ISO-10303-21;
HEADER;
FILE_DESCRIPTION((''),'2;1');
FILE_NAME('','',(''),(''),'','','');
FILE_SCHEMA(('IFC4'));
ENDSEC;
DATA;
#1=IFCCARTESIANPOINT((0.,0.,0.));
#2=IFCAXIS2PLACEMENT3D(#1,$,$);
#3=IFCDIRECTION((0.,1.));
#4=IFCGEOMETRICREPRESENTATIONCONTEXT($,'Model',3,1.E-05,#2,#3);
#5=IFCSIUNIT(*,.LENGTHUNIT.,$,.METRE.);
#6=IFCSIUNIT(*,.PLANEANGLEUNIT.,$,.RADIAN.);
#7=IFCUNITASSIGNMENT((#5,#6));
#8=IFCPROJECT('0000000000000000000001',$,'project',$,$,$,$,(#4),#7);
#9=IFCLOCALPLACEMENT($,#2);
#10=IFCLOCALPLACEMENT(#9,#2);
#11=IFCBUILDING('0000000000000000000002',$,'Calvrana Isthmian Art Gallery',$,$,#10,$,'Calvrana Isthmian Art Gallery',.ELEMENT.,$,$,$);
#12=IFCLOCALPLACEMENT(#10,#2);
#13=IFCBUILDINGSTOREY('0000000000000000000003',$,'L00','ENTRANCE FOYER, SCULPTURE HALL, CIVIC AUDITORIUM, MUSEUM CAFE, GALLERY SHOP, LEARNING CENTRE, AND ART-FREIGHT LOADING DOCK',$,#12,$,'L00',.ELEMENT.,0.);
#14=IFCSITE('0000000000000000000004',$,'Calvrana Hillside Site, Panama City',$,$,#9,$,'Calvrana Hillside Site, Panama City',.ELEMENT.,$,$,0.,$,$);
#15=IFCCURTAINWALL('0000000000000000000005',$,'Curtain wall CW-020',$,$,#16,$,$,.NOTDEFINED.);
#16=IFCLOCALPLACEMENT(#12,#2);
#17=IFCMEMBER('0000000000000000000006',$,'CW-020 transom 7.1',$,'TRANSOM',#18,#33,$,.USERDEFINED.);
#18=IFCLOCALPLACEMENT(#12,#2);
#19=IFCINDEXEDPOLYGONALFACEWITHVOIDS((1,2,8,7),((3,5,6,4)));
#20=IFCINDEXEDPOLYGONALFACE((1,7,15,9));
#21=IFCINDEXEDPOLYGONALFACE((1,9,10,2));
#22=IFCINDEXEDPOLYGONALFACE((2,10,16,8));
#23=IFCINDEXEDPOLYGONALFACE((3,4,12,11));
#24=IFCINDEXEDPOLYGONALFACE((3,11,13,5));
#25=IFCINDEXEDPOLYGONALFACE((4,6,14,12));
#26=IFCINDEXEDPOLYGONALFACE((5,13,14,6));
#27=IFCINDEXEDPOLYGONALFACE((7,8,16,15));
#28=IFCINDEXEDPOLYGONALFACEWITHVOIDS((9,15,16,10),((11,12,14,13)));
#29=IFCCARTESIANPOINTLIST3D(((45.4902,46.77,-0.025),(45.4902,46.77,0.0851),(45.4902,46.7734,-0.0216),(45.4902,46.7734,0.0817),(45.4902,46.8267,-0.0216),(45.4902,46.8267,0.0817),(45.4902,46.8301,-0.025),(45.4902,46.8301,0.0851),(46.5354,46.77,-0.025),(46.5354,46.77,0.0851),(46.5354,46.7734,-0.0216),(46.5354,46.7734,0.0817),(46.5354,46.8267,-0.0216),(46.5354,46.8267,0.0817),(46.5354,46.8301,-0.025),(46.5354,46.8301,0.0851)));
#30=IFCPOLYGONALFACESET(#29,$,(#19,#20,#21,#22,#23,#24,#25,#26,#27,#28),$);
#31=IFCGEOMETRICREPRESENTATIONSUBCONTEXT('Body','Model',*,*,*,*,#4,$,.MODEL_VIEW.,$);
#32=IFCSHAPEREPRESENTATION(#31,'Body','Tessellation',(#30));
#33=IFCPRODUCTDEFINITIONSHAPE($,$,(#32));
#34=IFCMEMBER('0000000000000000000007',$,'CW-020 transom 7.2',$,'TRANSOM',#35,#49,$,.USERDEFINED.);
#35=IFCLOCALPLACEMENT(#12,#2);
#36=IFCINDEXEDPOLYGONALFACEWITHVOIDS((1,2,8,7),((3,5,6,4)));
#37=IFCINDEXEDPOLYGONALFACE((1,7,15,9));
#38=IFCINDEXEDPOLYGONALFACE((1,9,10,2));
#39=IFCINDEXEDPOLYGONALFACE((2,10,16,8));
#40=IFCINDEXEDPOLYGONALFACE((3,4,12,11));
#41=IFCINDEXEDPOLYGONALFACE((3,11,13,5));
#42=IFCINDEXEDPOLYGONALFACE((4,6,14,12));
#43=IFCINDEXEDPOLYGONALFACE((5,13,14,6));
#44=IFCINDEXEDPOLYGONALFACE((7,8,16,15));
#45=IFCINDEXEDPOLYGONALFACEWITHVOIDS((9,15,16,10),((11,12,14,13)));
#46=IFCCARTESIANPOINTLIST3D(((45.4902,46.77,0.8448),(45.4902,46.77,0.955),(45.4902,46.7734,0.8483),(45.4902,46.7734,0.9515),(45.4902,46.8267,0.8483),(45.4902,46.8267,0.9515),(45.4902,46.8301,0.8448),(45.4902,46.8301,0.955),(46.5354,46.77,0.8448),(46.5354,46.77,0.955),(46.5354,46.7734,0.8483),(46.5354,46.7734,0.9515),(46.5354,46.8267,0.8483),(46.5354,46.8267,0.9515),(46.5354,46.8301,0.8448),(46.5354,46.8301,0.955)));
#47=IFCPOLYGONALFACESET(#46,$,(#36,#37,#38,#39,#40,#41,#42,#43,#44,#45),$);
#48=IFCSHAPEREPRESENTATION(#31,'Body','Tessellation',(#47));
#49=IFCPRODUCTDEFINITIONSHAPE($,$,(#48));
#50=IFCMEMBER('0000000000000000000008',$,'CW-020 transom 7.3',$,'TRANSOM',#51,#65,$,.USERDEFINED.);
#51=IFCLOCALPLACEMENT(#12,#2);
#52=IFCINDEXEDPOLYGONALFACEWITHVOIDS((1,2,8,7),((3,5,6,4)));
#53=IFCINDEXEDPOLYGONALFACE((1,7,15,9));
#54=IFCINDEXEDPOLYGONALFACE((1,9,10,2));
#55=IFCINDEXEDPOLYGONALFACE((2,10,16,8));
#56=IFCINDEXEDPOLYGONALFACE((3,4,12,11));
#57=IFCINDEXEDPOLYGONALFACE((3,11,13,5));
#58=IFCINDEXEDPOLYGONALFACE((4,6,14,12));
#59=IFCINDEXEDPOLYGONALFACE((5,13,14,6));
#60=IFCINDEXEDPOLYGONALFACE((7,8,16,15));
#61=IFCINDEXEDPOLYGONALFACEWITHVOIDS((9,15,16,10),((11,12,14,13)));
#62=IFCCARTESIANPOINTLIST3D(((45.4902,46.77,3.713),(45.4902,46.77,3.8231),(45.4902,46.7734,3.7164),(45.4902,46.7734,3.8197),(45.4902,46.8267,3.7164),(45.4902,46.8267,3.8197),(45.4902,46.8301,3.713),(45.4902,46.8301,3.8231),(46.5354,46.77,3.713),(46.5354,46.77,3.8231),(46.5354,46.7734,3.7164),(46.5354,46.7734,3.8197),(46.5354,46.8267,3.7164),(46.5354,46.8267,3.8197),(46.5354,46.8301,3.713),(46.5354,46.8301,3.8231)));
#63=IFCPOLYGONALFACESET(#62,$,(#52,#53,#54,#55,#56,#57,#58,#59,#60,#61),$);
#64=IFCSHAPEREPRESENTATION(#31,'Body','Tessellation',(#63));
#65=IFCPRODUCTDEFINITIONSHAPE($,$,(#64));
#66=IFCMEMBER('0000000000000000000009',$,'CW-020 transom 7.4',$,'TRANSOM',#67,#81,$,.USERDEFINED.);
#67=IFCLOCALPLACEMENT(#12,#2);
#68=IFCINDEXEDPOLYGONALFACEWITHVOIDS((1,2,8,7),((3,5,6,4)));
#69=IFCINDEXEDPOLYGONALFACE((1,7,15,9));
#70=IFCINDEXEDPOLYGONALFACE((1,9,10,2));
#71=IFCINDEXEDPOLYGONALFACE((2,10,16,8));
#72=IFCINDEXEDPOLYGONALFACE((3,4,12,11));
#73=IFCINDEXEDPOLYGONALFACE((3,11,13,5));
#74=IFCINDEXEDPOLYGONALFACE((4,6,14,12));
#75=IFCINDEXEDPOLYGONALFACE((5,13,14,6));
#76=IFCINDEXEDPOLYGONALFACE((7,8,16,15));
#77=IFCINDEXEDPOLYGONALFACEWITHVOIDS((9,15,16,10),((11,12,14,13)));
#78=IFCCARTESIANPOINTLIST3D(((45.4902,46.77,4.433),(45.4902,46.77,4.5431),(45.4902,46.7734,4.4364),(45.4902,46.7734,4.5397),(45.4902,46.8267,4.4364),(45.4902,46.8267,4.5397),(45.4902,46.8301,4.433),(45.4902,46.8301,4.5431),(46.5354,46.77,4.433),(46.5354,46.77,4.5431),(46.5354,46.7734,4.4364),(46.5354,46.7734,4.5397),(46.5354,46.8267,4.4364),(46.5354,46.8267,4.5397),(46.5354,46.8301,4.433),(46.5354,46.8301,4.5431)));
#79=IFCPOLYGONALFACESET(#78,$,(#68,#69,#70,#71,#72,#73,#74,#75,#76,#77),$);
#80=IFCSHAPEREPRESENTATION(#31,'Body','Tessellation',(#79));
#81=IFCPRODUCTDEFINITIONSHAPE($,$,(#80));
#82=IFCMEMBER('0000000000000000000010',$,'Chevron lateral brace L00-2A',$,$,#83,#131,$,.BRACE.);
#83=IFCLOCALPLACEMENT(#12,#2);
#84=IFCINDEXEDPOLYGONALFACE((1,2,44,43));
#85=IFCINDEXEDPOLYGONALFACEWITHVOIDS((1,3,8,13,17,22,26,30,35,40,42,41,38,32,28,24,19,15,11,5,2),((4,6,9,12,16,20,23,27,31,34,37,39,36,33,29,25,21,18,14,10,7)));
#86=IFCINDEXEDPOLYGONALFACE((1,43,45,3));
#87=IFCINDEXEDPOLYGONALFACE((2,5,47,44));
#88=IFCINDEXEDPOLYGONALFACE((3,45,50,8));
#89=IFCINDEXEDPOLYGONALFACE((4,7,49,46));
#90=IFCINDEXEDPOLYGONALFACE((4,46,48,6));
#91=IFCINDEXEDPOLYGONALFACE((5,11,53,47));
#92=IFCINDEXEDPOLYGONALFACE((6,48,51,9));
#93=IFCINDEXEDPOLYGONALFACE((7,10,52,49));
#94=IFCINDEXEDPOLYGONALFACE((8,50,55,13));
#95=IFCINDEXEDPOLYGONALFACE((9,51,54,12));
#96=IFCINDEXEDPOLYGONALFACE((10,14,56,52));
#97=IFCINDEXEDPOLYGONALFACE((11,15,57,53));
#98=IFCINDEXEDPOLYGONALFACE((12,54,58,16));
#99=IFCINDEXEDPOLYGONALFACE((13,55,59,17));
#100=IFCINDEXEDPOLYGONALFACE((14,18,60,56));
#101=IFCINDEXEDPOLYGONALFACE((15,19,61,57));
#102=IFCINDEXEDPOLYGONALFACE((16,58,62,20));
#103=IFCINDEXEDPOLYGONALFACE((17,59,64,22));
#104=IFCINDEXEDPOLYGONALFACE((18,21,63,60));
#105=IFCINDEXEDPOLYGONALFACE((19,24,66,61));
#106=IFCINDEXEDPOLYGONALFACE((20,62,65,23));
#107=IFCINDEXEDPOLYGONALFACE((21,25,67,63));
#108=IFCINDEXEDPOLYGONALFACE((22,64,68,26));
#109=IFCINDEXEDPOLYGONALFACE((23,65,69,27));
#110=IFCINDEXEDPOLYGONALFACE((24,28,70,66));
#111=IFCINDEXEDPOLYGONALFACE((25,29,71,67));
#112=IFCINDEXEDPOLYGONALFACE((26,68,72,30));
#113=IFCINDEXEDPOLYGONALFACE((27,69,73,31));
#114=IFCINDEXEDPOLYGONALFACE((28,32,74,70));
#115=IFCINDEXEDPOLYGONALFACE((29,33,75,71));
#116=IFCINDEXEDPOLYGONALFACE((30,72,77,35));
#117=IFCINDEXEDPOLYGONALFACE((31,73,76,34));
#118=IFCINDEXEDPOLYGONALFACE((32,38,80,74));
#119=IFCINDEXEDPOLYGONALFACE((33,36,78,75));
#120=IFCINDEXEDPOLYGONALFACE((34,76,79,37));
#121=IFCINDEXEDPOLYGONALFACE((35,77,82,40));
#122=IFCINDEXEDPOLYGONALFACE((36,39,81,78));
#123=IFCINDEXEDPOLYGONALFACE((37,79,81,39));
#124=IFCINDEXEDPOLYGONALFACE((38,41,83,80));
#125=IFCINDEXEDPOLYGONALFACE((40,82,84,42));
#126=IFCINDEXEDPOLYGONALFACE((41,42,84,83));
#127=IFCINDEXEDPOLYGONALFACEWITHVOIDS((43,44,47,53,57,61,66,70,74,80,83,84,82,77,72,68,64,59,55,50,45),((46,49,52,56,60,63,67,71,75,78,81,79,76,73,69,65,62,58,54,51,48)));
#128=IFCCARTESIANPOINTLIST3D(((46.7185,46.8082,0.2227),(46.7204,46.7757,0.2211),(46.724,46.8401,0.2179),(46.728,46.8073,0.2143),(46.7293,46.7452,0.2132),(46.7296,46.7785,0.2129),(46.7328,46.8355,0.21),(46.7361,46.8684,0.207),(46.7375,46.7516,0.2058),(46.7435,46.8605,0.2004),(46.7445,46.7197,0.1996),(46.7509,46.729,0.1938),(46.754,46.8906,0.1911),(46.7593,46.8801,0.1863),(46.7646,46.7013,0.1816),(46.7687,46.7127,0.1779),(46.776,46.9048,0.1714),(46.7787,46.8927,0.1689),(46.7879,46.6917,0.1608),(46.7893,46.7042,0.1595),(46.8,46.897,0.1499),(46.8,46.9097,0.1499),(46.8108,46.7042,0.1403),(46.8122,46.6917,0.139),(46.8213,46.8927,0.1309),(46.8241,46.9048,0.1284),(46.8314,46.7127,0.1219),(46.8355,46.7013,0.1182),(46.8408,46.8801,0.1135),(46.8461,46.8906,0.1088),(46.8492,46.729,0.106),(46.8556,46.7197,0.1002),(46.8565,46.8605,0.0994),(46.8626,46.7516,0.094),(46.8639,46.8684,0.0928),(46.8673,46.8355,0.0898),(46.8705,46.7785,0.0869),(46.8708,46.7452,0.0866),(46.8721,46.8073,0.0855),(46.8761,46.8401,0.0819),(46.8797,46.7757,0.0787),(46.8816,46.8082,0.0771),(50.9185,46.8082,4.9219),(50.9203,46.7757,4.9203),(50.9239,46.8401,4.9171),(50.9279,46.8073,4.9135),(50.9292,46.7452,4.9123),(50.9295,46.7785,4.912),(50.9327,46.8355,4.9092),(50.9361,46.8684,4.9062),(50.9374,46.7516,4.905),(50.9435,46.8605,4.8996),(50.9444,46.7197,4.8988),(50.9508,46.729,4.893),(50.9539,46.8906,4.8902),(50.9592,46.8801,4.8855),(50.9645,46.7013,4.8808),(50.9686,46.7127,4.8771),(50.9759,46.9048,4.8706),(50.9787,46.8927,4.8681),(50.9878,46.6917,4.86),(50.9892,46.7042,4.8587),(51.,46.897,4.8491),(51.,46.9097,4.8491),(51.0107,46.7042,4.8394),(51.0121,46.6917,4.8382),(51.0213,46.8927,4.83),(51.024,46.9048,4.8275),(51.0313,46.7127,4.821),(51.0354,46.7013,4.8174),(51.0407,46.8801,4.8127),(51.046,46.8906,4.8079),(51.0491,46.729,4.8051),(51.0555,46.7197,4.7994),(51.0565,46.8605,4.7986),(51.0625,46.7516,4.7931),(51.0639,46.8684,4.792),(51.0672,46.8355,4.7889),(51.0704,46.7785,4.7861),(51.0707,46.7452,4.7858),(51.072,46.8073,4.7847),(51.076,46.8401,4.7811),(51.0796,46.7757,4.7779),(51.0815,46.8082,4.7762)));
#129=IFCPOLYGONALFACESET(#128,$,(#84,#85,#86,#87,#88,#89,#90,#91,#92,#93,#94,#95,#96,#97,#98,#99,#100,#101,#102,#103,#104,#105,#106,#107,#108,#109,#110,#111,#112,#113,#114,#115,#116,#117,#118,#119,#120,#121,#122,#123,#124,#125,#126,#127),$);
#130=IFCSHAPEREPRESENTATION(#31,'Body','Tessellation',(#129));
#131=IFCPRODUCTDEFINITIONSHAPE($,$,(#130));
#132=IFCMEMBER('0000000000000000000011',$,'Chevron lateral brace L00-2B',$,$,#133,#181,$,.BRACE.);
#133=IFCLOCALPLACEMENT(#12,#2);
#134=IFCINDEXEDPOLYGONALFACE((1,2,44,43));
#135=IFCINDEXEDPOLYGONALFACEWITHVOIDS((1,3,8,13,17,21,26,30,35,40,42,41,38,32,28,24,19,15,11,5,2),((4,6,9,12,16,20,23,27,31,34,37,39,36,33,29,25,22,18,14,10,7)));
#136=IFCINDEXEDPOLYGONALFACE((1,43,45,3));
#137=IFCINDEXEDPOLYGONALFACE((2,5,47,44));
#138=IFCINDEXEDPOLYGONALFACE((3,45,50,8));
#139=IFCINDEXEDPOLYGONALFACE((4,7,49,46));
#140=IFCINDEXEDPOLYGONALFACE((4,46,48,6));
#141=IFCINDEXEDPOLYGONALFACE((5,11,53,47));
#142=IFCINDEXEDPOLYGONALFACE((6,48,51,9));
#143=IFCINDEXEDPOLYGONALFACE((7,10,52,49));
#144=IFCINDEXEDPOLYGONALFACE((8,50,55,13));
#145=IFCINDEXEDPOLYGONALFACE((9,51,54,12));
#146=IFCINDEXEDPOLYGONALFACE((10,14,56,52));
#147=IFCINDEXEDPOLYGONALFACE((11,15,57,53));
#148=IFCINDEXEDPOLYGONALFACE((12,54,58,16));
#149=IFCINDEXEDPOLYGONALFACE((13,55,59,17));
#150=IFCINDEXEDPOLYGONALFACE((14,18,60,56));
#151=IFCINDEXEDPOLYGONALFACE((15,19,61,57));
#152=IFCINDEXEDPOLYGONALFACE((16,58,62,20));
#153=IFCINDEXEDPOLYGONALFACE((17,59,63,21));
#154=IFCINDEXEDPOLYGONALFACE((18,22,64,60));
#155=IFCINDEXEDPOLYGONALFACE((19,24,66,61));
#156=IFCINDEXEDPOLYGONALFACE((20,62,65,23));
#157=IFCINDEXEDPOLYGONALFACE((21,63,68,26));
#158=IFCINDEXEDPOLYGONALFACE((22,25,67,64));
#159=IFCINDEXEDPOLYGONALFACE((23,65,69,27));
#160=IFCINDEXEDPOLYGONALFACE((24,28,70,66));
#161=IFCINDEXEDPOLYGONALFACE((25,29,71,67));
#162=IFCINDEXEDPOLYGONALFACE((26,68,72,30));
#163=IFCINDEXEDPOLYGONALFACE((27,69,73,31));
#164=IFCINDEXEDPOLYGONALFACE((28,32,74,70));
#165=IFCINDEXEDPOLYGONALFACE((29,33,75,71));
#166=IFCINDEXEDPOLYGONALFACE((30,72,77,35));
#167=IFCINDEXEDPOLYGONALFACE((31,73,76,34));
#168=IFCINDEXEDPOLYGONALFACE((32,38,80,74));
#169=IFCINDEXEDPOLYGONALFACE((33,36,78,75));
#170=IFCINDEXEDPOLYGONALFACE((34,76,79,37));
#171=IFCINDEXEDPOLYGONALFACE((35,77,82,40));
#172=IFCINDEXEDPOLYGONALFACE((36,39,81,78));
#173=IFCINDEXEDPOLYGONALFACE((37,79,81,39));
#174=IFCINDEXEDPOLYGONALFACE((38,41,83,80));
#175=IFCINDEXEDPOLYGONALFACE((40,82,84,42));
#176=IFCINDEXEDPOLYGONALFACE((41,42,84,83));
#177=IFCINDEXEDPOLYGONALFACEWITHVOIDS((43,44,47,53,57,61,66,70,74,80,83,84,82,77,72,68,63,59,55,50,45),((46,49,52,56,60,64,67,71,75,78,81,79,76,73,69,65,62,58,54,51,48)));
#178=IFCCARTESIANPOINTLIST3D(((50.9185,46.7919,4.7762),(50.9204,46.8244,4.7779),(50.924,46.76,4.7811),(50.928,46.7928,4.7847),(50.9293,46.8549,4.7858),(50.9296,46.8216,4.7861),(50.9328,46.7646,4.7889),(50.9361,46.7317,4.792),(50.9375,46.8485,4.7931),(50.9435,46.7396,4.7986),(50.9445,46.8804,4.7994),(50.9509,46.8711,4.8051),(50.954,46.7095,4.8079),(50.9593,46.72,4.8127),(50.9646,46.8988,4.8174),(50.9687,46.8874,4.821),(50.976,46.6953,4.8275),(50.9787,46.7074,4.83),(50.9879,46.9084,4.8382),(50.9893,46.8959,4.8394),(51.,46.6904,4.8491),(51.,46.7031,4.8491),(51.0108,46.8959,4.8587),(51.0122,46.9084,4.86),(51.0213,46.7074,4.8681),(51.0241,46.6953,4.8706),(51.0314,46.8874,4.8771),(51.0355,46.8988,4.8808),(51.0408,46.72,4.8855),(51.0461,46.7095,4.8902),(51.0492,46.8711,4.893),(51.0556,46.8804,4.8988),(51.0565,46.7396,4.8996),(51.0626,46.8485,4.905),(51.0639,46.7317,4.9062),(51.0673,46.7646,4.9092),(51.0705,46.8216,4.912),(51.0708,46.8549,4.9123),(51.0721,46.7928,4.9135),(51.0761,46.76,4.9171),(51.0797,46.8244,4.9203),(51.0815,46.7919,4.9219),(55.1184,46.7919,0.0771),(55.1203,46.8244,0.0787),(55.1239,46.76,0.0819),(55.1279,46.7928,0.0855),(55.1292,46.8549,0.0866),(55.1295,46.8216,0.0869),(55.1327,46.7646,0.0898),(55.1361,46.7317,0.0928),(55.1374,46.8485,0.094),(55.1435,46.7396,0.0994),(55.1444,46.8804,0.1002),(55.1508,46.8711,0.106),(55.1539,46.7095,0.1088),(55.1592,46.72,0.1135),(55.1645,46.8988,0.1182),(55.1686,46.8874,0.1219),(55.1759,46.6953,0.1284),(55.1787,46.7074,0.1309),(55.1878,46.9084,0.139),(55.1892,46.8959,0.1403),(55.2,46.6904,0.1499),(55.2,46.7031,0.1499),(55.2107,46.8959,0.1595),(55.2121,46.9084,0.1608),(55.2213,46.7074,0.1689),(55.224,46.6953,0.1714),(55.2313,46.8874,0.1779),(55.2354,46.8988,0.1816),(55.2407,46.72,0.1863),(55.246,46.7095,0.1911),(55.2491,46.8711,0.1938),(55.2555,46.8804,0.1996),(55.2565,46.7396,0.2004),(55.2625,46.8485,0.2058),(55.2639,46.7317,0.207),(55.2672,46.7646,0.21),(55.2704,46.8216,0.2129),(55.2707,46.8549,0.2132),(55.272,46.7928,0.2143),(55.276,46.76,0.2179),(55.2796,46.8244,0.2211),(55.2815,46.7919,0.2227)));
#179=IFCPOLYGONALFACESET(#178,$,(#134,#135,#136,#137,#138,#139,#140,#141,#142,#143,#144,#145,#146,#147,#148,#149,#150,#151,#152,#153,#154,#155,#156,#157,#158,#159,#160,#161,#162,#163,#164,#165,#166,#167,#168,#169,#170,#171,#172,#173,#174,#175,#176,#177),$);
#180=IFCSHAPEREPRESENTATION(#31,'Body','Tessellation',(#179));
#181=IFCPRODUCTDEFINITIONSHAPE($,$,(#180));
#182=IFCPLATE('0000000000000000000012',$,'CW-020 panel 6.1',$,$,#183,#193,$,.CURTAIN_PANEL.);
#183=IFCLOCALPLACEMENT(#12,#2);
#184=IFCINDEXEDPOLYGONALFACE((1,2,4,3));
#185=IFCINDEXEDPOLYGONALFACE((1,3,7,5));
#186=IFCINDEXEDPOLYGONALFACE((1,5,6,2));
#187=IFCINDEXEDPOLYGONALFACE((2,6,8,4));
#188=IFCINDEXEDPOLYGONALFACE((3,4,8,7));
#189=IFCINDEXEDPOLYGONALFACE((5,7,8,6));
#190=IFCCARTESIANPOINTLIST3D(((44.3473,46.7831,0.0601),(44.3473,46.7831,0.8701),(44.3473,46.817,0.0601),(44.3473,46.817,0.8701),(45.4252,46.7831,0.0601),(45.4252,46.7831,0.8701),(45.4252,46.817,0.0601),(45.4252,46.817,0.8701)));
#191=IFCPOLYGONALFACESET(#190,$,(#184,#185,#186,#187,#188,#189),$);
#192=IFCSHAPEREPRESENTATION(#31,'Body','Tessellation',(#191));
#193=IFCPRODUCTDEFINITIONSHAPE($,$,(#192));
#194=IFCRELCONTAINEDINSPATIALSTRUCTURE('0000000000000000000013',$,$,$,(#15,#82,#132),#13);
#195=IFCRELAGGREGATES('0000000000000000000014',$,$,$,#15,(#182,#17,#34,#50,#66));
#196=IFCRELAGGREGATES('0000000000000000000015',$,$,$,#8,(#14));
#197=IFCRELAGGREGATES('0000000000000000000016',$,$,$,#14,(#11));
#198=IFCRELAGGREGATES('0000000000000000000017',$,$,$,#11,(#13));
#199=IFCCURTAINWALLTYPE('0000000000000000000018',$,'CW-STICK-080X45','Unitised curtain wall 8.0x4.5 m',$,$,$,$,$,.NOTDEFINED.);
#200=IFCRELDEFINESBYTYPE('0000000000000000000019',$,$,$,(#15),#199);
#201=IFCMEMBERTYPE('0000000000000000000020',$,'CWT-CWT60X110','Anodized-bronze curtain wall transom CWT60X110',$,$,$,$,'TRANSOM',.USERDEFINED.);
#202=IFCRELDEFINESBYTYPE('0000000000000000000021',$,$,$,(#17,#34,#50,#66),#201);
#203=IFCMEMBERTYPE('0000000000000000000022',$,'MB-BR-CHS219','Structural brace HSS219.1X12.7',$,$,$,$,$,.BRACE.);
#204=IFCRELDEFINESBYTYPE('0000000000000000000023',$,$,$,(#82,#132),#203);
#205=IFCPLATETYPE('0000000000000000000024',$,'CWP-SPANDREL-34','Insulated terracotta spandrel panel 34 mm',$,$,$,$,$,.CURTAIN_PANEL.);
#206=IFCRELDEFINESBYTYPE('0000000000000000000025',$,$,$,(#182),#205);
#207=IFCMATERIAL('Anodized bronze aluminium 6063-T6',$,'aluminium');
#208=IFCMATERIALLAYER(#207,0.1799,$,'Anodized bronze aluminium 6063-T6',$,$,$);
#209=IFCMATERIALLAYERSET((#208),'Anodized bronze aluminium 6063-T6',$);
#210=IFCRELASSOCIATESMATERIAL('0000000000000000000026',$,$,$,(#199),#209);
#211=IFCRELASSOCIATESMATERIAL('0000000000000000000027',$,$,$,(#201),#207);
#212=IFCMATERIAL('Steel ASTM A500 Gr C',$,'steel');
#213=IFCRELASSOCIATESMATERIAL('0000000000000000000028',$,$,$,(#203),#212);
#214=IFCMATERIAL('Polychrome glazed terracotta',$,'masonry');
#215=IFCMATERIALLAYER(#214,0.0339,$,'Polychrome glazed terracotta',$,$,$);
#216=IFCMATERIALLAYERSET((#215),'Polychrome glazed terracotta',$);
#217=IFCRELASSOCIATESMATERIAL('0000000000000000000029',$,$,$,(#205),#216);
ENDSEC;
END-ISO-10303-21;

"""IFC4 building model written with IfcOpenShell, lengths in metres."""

from ifc_helpers import new_model, si_unit, direction, frame, origin, origin_2d, place, context, subcontext, project, spatial, rectangle, hollow_rectangle, hollow_circle, extrude, material, layer, layer_set, material_profile, profile_set, type_object, element, aggregate, save


model = new_model("IFC4")

# Units and contexts
model_context = context("Model", 3, precision=1e-05, world=origin(), true_north=direction((0.0, 1.0)))
body_context = subcontext(model_context, "Body", "Model", "MODEL_VIEW")
ifc_project = project(units=[si_unit("LENGTHUNIT", "METRE"), si_unit("PLANEANGLEUNIT", "RADIAN")], contexts=[model_context])

# Site, building, storey
site_placement = place(None, origin())
site = spatial("IfcSite", under=ifc_project, at=site_placement, Name="Calvrana Hillside Site, Panama City", LongName="Calvrana Hillside Site, Panama City", CompositionType="ELEMENT", RefElevation=0.0)
building_placement = place(site_placement, origin())
building = spatial("IfcBuilding", under=site, at=building_placement, Name="Calvrana Isthmian Art Gallery", LongName="Calvrana Isthmian Art Gallery", CompositionType="ELEMENT")
storey_placement = place(building_placement, origin())
storey = spatial("IfcBuildingStorey", under=building, at=storey_placement, Name="L00", Description="ENTRANCE FOYER, SCULPTURE HALL, CIVIC AUDITORIUM, MUSEUM CAFE, GALLERY SHOP, LEARNING CENTRE, AND ART-FREIGHT LOADING DOCK", LongName="L00", CompositionType="ELEMENT", Elevation=0.0)

# Curtain wall, members
ifc_material_1 = material(Name="Anodized bronze aluminium 6063-T6", Category="aluminium")
ifc_layer_1 = layer(ifc_material_1, 0.1799, Name="Anodized bronze aluminium 6063-T6")
ifc_layer_set_1 = layer_set([ifc_layer_1], Name="Anodized bronze aluminium 6063-T6")
curtain_wall_type = type_object("IfcCurtainWallType", Name="CW-STICK-080X45", Description="Unitised curtain wall 8.0x4.5 m", PredefinedType="NOTDEFINED", material=ifc_layer_set_1)
curtain_wall_placement = place(storey_placement, origin())
curtain_wall = element("IfcCurtainWall", 1, at=curtain_wall_placement, inside=storey, type_object=curtain_wall_type, Name="Curtain wall CW-020", PredefinedType="NOTDEFINED")
ifc_material_profile_1 = material_profile(ifc_material_1, hollow_rectangle(XDim=0.0601, YDim=0.1101, WallThickness=0.0034, at=origin_2d()), Name="CWT60X110")
ifc_profile_set_1 = profile_set([ifc_material_profile_1], Name="Anodized bronze aluminium 6063-T6")
member_type_1 = type_object("IfcMemberType", Name="CWT-CWT60X110", Description="Anodized-bronze curtain wall transom CWT60X110", ElementType="TRANSOM", PredefinedType="USERDEFINED", material=ifc_profile_set_1)
member_1_placement = place(storey_placement, frame((45.4902, 46.8, 0.03), z_axis=(1.0, 0.0, 0.0), x_axis=(0.0, 1.0, 0.0)))
member_1 = element("IfcMember", 2, at=member_1_placement, type_object=member_type_1, Name="CW-020 transom 7.1", ObjectType="TRANSOM", PredefinedType="USERDEFINED", context=body_context, shape_type="SweptSolid", body=[
    extrude(hollow_rectangle(XDim=0.0601, YDim=0.1101, WallThickness=0.0034, at=origin_2d()), origin(), (0.0, 0.0, 1.0), 1.0452),
])
member_2_placement = place(storey_placement, frame((45.4902, 46.8, 0.8999), z_axis=(1.0, 0.0, 0.0), x_axis=(0.0, 1.0, 0.0)))
member_2 = element("IfcMember", 3, at=member_2_placement, type_object=member_type_1, Name="CW-020 transom 7.2", ObjectType="TRANSOM", PredefinedType="USERDEFINED", context=body_context, shape_type="SweptSolid", body=[
    extrude(hollow_rectangle(XDim=0.0601, YDim=0.1101, WallThickness=0.0034, at=origin_2d()), origin(), (0.0, 0.0, 1.0), 1.0452),
])
member_3_placement = place(storey_placement, frame((45.4902, 46.8, 3.7681), z_axis=(1.0, 0.0, 0.0), x_axis=(0.0, 1.0, 0.0)))
member_3 = element("IfcMember", 4, at=member_3_placement, type_object=member_type_1, Name="CW-020 transom 7.3", ObjectType="TRANSOM", PredefinedType="USERDEFINED", context=body_context, shape_type="SweptSolid", body=[
    extrude(hollow_rectangle(XDim=0.0601, YDim=0.1101, WallThickness=0.0034, at=origin_2d()), origin(), (0.0, 0.0, 1.0), 1.0452),
])
member_4_placement = place(storey_placement, frame((45.4902, 46.8, 4.488), z_axis=(1.0, 0.0, 0.0), x_axis=(0.0, 1.0, 0.0)))
member_4 = element("IfcMember", 5, at=member_4_placement, type_object=member_type_1, Name="CW-020 transom 7.4", ObjectType="TRANSOM", PredefinedType="USERDEFINED", context=body_context, shape_type="SweptSolid", body=[
    extrude(hollow_rectangle(XDim=0.0601, YDim=0.1101, WallThickness=0.0034, at=origin_2d()), origin(), (0.0, 0.0, 1.0), 1.0452),
])

# Members
ifc_material_2 = material(Name="Steel ASTM A500 Gr C", Category="steel")
ifc_material_profile_2 = material_profile(ifc_material_2, hollow_circle(Radius=0.1096, WallThickness=0.0127, at=origin_2d()), Name="HSS219.1X12.7")
ifc_profile_set_2 = profile_set([ifc_material_profile_2], Name="Steel ASTM A500 Gr C")
member_type_2 = type_object("IfcMemberType", Name="MB-BR-CHS219", Description="Structural brace HSS219.1X12.7", PredefinedType="BRACE", material=ifc_profile_set_2)
for number, where, z_axis, x_axis, name in (
    (6, (46.8, 46.8, 0.1499), (0.666388, 0.0, 0.745605), (0.0, 1.0, 0.0), "Chevron lateral brace L00-2A"),
    (7, (55.2, 46.8, 0.1499), (-0.666388, 0.0, 0.745605), (0.0, -1.0, 0.0), "Chevron lateral brace L00-2B"),
):
    element("IfcMember", number, at=place(storey_placement, frame(where, z_axis=z_axis, x_axis=x_axis)), inside=storey, type_object=member_type_2, Name=name, PredefinedType="BRACE", context=body_context, shape_type="SweptSolid", body=[
        extrude(hollow_circle(Radius=0.1096, WallThickness=0.0127, at=origin_2d()), origin(), (0.0, 0.0, 1.0), 6.3025),
    ])

# Plate
ifc_material_3 = material(Name="Polychrome glazed terracotta", Category="masonry")
ifc_layer_2 = layer(ifc_material_3, 0.0339, Name="Polychrome glazed terracotta")
ifc_layer_set_2 = layer_set([ifc_layer_2], Name="Polychrome glazed terracotta")
plate_type_1 = type_object("IfcPlateType", Name="CWP-SPANDREL-34", Description="Insulated terracotta spandrel panel 34 mm", PredefinedType="CURTAIN_PANEL", material=ifc_layer_set_2)
plate_1_placement = place(storey_placement, frame((44.8862, 46.8, 0.0601), z_axis=(0.0, 0.0, 1.0), x_axis=(1.0, 0.0, 0.0)))
plate_1 = element("IfcPlate", 8, at=plate_1_placement, type_object=plate_type_1, Name="CW-020 panel 6.1", PredefinedType="CURTAIN_PANEL", context=body_context, shape_type="SweptSolid", body=[
    extrude(rectangle(XDim=1.0779, YDim=0.0339, at=origin_2d()), origin(), (0.0, 0.0, 1.0), 0.8101),
])
aggregate(curtain_wall, [plate_1, member_1, member_2, member_3, member_4])

save(model, "model.ifc")
